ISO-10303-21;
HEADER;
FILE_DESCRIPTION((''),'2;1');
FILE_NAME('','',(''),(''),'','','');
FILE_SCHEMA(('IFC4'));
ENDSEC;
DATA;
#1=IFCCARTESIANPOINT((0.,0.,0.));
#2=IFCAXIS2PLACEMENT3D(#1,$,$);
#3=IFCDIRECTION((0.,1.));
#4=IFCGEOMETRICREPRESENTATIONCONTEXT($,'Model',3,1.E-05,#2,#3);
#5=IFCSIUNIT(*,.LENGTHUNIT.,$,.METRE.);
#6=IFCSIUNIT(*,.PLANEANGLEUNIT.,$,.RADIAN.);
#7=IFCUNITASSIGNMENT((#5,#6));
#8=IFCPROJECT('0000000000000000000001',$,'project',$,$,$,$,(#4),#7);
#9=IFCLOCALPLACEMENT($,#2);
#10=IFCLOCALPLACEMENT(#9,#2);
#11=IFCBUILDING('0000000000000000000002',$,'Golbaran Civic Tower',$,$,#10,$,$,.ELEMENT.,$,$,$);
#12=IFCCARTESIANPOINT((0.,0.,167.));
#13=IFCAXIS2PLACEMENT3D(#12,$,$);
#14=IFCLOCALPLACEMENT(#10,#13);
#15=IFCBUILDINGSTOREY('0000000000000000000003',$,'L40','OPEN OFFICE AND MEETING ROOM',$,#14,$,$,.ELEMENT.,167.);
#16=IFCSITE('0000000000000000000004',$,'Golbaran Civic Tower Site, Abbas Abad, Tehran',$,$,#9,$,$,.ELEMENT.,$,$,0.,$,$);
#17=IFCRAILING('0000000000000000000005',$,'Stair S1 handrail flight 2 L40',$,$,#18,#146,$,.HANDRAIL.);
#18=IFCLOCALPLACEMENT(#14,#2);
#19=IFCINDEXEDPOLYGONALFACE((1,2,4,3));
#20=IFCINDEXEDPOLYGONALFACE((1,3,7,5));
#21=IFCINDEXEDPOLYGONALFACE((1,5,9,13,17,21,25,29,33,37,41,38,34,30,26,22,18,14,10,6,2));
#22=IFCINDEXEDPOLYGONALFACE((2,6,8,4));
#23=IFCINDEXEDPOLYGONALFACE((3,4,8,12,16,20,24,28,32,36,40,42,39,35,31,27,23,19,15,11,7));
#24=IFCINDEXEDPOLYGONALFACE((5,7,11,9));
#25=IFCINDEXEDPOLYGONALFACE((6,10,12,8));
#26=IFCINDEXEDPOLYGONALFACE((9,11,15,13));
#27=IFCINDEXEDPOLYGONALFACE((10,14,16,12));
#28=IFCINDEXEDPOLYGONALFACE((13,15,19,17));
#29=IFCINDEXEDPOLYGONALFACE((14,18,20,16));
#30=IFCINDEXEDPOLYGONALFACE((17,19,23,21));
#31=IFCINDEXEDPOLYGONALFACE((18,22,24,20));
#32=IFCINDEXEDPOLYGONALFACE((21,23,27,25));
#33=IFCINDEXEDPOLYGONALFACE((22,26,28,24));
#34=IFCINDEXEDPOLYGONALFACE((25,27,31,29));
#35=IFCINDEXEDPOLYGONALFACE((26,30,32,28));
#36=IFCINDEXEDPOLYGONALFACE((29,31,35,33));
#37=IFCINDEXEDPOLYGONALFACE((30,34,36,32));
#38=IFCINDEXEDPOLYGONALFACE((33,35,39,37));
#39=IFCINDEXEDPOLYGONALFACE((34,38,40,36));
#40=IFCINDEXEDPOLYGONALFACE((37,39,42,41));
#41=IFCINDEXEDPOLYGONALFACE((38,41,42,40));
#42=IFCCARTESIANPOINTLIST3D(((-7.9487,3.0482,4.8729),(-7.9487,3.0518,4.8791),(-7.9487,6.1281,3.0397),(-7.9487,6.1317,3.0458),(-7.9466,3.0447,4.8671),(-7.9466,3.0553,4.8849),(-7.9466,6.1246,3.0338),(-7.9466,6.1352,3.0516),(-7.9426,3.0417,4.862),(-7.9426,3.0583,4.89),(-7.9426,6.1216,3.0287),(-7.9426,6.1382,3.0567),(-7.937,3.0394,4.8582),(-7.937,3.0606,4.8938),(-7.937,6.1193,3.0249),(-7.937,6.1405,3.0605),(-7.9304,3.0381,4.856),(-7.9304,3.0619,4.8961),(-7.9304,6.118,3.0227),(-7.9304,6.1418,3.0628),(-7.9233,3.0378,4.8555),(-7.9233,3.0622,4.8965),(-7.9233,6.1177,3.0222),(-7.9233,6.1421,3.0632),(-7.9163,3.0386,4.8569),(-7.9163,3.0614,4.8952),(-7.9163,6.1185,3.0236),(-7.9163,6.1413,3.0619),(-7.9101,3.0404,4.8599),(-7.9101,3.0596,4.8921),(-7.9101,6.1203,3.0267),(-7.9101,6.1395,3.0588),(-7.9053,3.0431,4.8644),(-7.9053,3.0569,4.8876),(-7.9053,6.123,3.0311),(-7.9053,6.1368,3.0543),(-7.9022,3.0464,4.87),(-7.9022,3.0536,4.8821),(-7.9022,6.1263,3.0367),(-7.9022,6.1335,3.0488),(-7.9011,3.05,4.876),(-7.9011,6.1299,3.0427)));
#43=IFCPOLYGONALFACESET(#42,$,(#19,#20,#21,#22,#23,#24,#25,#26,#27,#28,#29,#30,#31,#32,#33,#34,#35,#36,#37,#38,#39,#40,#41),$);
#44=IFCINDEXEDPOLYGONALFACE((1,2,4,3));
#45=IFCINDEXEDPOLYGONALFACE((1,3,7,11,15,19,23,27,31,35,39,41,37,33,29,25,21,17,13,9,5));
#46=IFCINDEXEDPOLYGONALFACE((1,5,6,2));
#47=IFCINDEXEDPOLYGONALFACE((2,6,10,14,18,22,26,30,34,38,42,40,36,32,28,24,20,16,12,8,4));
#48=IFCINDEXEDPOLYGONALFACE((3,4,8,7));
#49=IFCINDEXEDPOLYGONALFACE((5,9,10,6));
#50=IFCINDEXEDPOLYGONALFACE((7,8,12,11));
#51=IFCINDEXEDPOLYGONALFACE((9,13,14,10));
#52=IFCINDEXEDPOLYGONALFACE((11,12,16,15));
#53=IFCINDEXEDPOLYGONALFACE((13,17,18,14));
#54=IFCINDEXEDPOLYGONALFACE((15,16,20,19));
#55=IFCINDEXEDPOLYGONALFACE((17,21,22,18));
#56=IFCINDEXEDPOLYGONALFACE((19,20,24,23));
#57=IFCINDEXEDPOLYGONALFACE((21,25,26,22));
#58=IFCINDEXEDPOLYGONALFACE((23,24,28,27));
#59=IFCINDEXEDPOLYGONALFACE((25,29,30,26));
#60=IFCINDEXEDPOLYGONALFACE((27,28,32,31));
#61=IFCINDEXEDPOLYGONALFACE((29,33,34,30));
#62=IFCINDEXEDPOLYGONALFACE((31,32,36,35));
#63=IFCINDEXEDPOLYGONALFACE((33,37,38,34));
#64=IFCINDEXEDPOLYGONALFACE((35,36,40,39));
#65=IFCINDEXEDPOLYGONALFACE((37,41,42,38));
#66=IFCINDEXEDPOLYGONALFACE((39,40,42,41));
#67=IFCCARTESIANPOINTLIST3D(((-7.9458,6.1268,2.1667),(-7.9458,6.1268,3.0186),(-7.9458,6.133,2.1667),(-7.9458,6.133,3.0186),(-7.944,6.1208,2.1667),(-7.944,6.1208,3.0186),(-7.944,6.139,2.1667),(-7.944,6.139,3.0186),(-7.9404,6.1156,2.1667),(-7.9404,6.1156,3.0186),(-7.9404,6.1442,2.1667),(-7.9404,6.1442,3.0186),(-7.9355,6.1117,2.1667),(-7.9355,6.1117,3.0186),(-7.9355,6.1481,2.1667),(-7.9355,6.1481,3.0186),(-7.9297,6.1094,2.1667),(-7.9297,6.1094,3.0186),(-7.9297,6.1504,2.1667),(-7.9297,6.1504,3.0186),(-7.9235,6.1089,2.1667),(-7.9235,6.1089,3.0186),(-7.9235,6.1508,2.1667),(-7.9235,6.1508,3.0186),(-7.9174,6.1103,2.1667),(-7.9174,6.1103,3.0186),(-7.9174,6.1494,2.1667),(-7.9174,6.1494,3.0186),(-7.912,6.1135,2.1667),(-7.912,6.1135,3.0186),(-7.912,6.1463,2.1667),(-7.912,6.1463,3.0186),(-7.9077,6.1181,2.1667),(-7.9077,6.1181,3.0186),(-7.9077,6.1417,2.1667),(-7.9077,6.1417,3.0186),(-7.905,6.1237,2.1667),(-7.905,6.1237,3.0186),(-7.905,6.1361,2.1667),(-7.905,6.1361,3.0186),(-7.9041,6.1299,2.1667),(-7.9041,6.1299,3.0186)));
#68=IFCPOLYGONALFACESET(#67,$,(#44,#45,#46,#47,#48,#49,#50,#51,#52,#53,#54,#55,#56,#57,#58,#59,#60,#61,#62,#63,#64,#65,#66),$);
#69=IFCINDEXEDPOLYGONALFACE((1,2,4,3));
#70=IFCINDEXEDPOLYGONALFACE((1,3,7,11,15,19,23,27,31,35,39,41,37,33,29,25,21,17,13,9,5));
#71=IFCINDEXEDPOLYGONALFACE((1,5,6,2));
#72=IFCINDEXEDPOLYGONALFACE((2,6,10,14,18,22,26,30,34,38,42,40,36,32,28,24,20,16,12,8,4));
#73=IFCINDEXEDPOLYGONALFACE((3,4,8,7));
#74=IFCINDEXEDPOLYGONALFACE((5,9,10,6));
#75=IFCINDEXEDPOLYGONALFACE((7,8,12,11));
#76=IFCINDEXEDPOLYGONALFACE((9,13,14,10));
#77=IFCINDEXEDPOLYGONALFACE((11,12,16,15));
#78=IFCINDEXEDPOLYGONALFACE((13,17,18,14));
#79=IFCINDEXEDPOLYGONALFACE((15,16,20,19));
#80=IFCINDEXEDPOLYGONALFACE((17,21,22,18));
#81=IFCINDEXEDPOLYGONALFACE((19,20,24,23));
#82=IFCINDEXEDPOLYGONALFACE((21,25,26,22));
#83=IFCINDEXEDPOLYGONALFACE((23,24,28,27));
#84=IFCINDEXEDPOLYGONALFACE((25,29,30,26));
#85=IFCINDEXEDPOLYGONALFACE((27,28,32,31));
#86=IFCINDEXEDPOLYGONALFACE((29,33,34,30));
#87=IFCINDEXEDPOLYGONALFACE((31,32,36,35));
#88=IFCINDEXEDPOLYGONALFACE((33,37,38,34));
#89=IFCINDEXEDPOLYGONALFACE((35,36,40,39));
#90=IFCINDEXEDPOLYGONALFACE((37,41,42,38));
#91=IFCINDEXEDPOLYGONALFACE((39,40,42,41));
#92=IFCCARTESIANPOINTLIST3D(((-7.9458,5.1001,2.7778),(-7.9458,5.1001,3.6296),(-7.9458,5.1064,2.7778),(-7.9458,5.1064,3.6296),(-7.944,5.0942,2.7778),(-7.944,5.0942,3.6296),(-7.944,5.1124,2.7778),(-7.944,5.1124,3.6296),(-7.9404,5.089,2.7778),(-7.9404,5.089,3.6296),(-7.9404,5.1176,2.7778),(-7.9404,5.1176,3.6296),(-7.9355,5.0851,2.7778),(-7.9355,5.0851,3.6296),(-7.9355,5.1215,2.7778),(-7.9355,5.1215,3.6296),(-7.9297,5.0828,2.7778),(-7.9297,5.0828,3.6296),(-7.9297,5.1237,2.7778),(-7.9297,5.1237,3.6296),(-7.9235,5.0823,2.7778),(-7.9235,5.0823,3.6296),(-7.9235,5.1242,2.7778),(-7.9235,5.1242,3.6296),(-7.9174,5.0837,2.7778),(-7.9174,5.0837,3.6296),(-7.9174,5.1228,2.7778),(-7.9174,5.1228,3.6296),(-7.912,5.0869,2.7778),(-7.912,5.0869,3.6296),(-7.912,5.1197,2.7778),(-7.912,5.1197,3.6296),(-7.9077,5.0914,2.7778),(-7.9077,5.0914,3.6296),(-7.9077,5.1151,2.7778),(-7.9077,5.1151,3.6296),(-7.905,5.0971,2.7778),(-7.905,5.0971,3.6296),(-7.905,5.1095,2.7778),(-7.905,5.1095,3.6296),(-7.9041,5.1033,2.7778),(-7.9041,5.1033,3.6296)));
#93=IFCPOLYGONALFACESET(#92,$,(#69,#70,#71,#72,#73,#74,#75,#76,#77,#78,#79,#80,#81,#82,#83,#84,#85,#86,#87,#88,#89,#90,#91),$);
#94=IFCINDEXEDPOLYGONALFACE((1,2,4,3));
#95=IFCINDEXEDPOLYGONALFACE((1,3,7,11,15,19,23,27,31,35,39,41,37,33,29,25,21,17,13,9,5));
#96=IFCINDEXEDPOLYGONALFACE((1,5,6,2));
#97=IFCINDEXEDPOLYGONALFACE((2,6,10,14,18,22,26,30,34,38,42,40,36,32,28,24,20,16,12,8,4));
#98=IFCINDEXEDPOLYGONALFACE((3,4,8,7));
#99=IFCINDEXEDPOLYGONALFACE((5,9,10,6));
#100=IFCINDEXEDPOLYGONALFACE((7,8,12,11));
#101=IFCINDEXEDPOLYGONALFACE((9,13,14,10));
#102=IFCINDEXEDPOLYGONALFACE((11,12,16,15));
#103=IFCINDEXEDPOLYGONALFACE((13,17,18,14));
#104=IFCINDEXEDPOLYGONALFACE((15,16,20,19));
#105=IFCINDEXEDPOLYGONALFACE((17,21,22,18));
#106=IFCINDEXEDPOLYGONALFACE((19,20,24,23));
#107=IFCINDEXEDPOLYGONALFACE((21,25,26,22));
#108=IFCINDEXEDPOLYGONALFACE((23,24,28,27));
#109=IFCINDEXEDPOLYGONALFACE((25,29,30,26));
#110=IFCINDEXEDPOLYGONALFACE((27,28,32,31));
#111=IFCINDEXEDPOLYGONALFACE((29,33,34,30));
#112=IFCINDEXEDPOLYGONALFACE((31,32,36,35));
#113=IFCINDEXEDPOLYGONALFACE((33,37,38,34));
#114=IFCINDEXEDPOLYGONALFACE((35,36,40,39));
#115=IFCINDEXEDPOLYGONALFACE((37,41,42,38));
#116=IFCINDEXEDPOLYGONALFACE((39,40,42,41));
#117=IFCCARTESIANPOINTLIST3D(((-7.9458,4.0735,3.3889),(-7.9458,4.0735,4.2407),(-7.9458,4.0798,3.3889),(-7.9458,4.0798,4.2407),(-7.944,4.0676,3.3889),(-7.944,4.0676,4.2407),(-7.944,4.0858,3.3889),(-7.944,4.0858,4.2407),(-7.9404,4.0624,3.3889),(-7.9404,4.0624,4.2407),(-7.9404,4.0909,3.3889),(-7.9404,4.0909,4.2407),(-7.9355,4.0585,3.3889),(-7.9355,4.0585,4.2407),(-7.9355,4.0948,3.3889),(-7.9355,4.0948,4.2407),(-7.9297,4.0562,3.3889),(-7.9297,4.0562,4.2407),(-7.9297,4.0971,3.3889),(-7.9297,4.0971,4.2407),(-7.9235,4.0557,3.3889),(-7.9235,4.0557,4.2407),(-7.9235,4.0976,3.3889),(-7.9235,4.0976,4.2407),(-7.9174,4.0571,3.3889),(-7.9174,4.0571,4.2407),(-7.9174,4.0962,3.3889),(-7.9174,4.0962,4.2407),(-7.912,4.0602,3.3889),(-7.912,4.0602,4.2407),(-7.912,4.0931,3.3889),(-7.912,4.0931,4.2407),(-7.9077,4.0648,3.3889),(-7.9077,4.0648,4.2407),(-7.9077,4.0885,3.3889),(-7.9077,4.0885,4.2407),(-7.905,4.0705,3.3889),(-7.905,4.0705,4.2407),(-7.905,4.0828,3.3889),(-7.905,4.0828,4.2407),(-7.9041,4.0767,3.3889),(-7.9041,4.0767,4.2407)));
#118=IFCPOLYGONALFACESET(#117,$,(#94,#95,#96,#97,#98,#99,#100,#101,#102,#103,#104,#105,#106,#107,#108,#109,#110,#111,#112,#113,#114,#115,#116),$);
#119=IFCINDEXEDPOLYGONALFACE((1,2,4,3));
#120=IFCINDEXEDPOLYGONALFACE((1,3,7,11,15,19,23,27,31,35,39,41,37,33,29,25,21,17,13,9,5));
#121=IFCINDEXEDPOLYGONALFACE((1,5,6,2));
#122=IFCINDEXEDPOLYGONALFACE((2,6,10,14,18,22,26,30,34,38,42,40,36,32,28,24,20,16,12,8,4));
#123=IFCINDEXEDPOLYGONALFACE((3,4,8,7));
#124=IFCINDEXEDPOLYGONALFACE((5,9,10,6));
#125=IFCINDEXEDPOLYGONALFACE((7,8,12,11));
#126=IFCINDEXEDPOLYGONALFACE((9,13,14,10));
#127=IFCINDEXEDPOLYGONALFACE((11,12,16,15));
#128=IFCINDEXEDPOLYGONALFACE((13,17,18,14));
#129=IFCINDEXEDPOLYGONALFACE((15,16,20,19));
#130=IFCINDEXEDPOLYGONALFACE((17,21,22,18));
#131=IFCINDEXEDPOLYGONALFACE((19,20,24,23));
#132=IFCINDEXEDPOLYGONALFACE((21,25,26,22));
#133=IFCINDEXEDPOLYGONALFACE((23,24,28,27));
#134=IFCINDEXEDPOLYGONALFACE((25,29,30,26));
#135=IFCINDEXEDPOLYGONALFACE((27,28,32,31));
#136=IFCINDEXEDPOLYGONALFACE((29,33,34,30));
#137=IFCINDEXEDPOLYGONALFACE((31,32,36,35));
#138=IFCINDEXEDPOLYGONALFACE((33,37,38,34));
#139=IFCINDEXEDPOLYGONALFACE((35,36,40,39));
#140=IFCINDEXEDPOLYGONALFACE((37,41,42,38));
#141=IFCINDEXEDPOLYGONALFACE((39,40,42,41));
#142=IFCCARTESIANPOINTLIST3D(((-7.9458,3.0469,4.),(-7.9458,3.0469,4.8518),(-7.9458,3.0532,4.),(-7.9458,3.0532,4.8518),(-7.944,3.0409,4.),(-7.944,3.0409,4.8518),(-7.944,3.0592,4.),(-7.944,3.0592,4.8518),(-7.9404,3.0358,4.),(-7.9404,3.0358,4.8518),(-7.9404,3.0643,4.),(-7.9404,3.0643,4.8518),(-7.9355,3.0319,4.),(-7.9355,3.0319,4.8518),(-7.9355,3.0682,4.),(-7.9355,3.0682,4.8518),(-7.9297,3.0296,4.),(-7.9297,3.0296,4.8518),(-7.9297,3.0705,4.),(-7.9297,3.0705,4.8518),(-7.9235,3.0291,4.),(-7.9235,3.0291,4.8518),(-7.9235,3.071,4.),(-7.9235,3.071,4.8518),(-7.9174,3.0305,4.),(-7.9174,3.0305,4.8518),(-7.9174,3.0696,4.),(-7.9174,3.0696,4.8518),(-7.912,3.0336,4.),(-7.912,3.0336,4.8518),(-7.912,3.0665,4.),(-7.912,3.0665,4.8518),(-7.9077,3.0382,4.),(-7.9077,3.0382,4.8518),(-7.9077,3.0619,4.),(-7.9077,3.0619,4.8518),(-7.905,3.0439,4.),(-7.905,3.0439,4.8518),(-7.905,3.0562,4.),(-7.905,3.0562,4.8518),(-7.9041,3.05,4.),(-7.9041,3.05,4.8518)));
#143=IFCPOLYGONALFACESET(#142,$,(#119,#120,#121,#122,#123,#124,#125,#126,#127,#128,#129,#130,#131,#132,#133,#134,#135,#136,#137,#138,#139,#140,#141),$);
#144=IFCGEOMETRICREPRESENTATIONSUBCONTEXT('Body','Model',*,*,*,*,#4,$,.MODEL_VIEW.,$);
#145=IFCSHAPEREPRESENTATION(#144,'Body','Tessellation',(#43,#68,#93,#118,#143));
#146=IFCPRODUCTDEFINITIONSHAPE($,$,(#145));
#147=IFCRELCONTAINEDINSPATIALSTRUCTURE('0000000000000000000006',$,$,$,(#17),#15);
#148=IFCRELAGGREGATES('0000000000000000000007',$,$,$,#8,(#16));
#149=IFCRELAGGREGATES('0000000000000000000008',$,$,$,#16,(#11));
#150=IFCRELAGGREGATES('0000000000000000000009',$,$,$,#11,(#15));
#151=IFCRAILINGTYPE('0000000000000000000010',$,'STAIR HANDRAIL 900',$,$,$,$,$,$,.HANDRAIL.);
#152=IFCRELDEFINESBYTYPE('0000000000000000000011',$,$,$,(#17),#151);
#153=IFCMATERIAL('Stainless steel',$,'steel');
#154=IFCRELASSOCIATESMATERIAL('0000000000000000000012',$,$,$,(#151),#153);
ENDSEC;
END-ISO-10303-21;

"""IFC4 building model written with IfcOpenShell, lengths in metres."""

from ifc_helpers import new_model, si_unit, direction, frame, origin, origin_2d, place, context, subcontext, project, spatial, circle, extrude, material, type_object, element, save


model = new_model("IFC4")

# Units and contexts
model_context = context("Model", 3, precision=1e-05, world=origin(), true_north=direction((0.0, 1.0)))
body_context = subcontext(model_context, "Body", "Model", "MODEL_VIEW")
ifc_project = project(units=[si_unit("LENGTHUNIT", "METRE"), si_unit("PLANEANGLEUNIT", "RADIAN")], contexts=[model_context])

# Site, building, storey
site_placement = place(None, origin())
site = spatial("IfcSite", under=ifc_project, at=site_placement, Name="Golbaran Civic Tower Site, Abbas Abad, Tehran", CompositionType="ELEMENT", RefElevation=0.0)
building_placement = place(site_placement, origin())
building = spatial("IfcBuilding", under=site, at=building_placement, Name="Golbaran Civic Tower", CompositionType="ELEMENT")
storey_placement = place(building_placement, frame((0.0, 0.0, 167.0)))
storey = spatial("IfcBuildingStorey", under=building, at=storey_placement, Name="L40", Description="OPEN OFFICE AND MEETING ROOM", CompositionType="ELEMENT", Elevation=167.0)

# Shared definitions
ifc_material_1 = material(Name="Stainless steel", Category="steel")

# Railing
railing_type = type_object("IfcRailingType", Name="STAIR HANDRAIL 900", PredefinedType="HANDRAIL", material=ifc_material_1)
railing_1_placement = place(storey_placement, frame((-7.925, 6.1299, 2.1667)))
element("IfcRailing", 1, at=railing_1_placement, inside=storey, type_object=railing_type, Name="Stair S1 handrail flight 2 L40", PredefinedType="HANDRAIL", context=body_context, shape_type="SweptSolid", body=[
    extrude(circle(Radius=0.0239, at=origin_2d()), frame((0.0, 0.0, 0.876), z_axis=(0.0, -0.859291, 0.511487), x_axis=(1.0, 0.0, 0.0)), (0.0, 0.0, 1.0), 3.5842),
    extrude(circle(Radius=0.021, at=origin_2d()), origin(), (0.0, 0.0, 1.0), 0.8518),
    extrude(circle(Radius=0.021, at=origin_2d()), frame((0.0, -1.0266, 0.6111)), (0.0, 0.0, 1.0), 0.8518),
    extrude(circle(Radius=0.021, at=origin_2d()), frame((0.0, -2.0532, 1.2222)), (0.0, 0.0, 1.0), 0.8518),
    extrude(circle(Radius=0.021, at=origin_2d()), frame((0.0, -3.0798, 1.8333)), (0.0, 0.0, 1.0), 0.8518),
])

save(model, "model.ifc")
